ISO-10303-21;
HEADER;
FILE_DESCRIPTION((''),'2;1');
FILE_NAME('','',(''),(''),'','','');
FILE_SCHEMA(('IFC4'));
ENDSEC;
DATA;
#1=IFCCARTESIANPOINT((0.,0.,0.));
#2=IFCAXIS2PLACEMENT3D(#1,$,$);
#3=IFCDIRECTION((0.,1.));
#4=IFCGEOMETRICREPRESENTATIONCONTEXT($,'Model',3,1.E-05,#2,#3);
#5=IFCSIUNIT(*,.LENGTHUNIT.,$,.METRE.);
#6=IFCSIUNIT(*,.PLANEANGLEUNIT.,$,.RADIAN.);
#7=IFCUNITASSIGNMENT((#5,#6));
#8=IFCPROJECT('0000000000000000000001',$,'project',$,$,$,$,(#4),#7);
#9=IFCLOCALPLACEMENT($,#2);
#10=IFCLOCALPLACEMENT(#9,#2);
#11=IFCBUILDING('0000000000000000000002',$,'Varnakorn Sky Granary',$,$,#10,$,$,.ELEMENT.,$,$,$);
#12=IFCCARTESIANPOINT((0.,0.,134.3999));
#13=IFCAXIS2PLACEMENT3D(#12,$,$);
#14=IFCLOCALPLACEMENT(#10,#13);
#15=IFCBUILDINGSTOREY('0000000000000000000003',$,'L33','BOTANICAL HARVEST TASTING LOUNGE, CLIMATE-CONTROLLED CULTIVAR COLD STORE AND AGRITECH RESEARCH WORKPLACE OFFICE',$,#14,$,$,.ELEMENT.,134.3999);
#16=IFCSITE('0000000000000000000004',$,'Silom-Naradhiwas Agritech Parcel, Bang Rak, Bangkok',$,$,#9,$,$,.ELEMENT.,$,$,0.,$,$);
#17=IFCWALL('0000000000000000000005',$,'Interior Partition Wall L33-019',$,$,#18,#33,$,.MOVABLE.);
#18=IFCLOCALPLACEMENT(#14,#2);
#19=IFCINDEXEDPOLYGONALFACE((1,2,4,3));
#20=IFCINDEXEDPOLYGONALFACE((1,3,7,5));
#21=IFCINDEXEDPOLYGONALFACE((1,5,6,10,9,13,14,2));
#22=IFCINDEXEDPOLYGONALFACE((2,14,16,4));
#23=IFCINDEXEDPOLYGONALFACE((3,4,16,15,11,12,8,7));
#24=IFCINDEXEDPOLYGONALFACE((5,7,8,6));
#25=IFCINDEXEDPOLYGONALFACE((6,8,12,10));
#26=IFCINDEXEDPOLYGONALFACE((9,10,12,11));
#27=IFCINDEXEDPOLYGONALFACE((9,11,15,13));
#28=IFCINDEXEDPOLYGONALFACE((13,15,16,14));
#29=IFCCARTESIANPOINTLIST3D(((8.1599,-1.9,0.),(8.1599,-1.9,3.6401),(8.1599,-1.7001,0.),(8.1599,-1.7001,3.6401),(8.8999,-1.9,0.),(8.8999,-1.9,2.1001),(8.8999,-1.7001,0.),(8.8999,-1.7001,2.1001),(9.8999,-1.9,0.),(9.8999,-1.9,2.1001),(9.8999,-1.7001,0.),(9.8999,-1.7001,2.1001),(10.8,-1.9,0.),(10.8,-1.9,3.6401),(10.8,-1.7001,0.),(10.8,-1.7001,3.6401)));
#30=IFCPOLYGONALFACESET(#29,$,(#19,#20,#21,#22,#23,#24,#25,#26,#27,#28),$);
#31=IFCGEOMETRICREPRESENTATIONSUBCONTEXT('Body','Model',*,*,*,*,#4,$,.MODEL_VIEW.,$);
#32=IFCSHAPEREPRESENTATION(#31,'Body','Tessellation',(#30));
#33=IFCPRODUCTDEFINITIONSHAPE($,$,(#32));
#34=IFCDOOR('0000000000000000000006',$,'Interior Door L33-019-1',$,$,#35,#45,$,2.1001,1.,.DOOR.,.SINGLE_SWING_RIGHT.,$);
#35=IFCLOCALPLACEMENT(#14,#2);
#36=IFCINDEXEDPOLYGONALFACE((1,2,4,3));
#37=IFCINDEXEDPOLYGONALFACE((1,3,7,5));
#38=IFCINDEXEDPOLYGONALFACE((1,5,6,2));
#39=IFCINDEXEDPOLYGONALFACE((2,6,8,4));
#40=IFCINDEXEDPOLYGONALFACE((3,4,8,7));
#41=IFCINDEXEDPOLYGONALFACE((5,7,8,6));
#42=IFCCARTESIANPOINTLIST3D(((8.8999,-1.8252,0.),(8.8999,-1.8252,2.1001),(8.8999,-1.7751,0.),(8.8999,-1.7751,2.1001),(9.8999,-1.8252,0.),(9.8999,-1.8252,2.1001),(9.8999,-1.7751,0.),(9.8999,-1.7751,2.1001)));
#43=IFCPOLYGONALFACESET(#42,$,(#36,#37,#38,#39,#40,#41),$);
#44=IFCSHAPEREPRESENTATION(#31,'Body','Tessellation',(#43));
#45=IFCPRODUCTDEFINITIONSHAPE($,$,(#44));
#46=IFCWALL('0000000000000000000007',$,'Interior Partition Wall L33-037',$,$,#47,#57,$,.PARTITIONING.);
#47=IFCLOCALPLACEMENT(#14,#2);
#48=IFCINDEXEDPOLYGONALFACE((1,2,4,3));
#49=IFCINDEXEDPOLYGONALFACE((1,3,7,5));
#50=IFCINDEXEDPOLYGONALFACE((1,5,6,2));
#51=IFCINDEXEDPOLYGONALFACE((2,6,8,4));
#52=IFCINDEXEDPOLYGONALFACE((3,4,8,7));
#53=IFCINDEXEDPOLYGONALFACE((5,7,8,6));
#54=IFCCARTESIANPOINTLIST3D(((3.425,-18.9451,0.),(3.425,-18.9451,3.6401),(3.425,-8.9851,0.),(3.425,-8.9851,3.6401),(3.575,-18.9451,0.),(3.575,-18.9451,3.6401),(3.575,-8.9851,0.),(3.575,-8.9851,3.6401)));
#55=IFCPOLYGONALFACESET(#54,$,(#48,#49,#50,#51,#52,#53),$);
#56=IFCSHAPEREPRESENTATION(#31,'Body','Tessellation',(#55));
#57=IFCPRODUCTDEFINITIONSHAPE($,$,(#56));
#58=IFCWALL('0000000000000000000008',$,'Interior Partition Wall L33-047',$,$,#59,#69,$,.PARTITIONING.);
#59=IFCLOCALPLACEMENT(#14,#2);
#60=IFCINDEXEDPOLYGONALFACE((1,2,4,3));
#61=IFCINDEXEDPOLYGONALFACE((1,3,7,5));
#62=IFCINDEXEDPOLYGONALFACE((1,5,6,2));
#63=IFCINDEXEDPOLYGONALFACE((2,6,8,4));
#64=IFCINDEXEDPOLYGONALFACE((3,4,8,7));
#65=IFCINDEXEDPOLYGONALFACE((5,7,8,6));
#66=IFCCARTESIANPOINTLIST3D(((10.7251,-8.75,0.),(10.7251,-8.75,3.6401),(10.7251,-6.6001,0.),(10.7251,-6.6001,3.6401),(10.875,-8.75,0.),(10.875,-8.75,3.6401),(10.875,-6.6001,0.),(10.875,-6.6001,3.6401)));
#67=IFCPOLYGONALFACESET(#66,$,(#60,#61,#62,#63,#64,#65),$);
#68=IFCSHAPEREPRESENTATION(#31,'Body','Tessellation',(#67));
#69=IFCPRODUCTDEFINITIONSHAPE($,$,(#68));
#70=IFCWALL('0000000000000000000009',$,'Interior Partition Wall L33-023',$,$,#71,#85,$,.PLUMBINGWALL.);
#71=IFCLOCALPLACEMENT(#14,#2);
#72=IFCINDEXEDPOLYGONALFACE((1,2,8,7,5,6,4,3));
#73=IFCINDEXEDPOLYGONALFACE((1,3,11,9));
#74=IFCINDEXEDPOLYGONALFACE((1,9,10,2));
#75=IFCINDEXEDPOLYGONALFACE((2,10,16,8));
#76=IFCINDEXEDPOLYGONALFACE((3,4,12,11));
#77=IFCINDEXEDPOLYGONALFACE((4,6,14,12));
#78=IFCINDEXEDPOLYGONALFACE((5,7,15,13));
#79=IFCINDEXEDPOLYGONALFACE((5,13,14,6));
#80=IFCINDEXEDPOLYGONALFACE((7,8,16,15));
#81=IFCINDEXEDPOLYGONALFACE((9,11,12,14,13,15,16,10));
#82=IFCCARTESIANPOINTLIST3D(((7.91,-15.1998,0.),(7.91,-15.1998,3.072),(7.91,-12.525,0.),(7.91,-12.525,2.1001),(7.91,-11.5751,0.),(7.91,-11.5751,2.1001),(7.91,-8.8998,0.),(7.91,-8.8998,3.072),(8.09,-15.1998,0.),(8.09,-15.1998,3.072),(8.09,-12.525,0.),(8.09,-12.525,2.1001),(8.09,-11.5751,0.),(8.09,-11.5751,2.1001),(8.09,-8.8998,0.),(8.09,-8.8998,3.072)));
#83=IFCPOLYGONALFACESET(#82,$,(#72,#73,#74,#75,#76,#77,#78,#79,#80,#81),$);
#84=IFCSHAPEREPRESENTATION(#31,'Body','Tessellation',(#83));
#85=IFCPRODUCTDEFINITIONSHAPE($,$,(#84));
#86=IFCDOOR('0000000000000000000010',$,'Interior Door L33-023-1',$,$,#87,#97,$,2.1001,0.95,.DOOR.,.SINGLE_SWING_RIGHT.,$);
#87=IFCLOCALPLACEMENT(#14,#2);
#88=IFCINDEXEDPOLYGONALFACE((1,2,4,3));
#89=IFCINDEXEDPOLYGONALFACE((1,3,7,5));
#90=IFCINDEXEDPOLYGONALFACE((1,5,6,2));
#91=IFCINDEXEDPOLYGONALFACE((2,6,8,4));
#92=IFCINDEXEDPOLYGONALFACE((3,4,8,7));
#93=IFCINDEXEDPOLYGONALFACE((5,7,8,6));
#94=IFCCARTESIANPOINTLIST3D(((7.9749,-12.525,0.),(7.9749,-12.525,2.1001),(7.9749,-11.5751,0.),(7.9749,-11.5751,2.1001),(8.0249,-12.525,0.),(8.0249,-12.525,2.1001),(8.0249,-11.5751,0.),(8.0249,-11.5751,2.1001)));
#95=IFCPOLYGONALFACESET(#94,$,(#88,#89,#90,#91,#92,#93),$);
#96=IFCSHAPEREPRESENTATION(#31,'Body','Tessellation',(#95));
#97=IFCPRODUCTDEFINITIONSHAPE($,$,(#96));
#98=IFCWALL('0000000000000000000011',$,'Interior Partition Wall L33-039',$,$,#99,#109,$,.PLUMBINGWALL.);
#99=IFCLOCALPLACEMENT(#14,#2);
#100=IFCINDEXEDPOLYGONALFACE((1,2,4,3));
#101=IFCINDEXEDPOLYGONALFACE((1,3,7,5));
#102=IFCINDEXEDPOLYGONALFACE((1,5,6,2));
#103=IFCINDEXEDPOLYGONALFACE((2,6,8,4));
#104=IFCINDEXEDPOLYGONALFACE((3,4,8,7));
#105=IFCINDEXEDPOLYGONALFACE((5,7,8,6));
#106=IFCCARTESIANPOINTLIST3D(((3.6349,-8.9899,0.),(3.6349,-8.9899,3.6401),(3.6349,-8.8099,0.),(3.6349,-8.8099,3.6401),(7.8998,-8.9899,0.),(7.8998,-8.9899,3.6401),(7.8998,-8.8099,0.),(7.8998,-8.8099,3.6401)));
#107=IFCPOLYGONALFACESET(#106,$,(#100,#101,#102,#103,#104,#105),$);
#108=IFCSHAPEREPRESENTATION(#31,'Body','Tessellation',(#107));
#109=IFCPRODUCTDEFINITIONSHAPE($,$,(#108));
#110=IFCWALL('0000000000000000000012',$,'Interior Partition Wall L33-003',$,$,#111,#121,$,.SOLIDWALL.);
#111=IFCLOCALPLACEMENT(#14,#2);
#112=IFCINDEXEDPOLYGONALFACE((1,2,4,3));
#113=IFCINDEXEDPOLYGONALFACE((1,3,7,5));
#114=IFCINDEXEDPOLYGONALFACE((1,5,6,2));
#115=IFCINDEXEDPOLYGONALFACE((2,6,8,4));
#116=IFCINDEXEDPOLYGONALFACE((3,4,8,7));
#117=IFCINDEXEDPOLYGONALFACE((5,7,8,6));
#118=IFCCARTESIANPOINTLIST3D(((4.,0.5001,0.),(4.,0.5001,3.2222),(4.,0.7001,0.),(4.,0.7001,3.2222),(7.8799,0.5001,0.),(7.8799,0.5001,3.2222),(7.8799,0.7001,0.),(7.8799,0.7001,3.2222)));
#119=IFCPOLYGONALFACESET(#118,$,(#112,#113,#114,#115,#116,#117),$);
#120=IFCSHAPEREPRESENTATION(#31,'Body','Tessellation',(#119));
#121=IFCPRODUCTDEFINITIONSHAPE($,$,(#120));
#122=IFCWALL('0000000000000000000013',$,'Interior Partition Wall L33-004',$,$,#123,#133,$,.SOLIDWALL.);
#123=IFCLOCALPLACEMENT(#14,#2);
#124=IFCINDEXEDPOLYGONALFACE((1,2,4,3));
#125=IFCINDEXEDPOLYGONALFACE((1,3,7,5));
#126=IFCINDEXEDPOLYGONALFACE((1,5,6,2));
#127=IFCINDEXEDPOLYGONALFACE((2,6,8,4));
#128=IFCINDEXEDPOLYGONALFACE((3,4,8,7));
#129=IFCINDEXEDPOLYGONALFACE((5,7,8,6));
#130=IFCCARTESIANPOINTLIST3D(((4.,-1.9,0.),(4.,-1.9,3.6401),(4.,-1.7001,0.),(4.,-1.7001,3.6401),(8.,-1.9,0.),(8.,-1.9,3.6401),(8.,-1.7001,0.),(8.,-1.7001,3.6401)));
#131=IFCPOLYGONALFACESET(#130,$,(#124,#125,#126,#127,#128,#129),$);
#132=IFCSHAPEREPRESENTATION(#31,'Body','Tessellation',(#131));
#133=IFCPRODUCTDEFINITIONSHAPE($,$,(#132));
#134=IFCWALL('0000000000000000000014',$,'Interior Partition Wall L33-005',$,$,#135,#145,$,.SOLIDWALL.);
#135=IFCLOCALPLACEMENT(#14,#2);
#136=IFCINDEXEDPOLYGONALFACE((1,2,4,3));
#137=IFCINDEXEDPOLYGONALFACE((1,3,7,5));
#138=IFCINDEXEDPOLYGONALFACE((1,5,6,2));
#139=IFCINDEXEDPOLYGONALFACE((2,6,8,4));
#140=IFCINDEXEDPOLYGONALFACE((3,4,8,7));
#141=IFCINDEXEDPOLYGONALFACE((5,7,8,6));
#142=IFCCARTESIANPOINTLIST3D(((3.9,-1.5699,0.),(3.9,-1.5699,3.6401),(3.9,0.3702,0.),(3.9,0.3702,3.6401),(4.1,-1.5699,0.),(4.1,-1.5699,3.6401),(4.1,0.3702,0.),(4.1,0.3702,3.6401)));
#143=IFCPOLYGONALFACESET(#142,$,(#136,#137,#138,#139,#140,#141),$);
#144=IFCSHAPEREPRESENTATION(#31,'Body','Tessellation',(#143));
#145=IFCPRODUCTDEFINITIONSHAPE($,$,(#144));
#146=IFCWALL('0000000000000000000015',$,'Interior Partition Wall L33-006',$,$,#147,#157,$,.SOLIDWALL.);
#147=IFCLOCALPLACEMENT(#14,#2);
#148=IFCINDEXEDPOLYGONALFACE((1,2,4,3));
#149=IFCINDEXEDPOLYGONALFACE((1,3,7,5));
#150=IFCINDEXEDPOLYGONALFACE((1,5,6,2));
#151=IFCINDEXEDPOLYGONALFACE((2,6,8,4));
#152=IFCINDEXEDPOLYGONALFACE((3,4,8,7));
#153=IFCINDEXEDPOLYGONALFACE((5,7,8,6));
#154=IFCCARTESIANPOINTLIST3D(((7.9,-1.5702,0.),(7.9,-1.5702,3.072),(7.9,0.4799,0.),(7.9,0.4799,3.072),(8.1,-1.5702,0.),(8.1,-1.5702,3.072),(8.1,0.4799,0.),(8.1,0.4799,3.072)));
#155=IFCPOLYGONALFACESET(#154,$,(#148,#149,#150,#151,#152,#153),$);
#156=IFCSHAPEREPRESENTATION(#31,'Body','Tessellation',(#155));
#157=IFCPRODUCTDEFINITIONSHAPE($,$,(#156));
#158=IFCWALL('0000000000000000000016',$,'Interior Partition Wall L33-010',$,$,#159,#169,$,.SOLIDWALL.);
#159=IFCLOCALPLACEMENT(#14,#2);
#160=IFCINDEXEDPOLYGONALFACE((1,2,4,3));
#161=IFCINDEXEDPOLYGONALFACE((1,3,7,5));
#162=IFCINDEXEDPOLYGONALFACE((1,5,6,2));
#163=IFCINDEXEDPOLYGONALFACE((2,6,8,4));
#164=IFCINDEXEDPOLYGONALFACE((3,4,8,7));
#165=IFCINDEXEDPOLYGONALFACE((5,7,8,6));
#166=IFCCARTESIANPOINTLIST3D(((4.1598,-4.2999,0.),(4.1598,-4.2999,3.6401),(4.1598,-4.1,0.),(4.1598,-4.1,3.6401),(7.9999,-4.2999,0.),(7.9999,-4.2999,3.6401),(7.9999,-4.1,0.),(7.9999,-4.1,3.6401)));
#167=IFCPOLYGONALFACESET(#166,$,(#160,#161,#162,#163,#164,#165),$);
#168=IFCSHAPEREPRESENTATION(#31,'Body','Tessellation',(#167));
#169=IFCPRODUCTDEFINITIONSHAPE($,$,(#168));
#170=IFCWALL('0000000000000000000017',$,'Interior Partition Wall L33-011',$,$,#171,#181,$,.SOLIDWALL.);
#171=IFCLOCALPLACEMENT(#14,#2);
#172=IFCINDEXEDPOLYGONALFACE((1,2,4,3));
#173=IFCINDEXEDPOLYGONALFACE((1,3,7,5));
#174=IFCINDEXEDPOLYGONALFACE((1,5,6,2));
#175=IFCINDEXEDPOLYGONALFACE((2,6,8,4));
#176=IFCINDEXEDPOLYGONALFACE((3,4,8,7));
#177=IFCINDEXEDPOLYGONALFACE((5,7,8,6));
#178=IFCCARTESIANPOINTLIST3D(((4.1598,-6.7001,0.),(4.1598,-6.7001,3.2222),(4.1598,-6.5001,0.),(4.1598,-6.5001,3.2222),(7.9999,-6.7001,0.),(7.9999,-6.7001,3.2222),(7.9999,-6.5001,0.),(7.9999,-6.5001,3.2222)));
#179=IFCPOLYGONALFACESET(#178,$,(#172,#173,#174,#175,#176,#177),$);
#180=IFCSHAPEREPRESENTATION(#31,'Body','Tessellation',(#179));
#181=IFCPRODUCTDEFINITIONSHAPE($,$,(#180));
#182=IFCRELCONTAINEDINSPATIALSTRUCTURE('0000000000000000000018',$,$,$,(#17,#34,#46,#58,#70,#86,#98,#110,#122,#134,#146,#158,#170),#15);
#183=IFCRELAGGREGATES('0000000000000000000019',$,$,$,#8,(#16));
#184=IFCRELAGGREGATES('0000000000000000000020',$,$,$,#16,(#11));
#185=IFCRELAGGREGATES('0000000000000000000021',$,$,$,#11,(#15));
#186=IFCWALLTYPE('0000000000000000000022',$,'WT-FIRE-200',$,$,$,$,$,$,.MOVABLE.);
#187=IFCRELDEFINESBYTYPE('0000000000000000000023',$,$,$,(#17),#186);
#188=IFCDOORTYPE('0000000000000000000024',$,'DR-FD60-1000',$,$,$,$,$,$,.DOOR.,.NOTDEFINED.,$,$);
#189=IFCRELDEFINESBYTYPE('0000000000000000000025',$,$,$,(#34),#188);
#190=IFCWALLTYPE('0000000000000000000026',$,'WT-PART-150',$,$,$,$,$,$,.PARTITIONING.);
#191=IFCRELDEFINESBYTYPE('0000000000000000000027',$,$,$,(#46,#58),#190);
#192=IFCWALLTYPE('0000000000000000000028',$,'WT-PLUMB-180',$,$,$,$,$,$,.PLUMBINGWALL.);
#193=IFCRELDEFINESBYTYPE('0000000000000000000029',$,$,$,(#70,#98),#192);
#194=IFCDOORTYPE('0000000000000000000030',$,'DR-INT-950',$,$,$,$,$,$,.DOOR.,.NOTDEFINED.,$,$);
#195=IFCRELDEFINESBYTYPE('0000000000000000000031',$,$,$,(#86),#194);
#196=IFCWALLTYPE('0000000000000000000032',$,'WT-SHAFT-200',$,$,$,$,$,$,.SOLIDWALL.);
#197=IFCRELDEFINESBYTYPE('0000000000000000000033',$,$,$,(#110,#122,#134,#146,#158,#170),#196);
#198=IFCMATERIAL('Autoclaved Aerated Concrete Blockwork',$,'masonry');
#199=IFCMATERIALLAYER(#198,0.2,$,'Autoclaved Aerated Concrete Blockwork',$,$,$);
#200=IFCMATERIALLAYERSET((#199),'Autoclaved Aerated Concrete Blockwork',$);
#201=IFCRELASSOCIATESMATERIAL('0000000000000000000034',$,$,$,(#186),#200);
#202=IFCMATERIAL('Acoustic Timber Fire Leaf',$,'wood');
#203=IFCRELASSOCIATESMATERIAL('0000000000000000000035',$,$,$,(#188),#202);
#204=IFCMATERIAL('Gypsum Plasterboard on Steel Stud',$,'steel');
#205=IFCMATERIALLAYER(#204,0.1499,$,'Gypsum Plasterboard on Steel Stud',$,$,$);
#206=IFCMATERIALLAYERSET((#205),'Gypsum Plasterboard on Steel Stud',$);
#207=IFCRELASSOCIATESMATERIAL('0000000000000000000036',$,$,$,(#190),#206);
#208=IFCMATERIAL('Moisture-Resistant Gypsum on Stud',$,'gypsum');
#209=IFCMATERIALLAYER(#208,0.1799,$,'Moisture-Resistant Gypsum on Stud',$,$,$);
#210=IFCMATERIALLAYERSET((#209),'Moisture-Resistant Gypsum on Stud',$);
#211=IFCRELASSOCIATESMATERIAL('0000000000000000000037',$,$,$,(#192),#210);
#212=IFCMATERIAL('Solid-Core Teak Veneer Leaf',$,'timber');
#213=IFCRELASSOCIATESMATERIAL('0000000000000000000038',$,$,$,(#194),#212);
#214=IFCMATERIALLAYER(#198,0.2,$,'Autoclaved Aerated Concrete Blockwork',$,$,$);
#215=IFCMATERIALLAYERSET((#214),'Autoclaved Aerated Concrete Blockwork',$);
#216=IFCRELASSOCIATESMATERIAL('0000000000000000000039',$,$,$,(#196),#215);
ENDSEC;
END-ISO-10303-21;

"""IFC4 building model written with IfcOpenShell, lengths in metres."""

from ifc_helpers import new_model, si_unit, direction, frame, frame_2d, origin, place, context, subcontext, project, spatial, rectangle, extrude, material, layer, layer_set, type_object, element, fill, save


model = new_model("IFC4")

# Units and contexts
model_context = context("Model", 3, precision=1e-05, world=origin(), true_north=direction((0.0, 1.0)))
body_context = subcontext(model_context, "Body", "Model", "MODEL_VIEW")
ifc_project = project(units=[si_unit("LENGTHUNIT", "METRE"), si_unit("PLANEANGLEUNIT", "RADIAN")], contexts=[model_context])

# Site, building, storey
site_placement = place(None, origin())
site = spatial("IfcSite", under=ifc_project, at=site_placement, Name="Silom-Naradhiwas Agritech Parcel, Bang Rak, Bangkok", CompositionType="ELEMENT", RefElevation=0.0)
building_placement = place(site_placement, origin())
building = spatial("IfcBuilding", under=site, at=building_placement, Name="Varnakorn Sky Granary", CompositionType="ELEMENT")
storey_placement = place(building_placement, frame((0.0, 0.0, 134.3999)))
storey = spatial("IfcBuildingStorey", under=building, at=storey_placement, Name="L33", Description="BOTANICAL HARVEST TASTING LOUNGE, CLIMATE-CONTROLLED CULTIVAR COLD STORE AND AGRITECH RESEARCH WORKPLACE OFFICE", CompositionType="ELEMENT", Elevation=134.3999)

# Wall, opening, door
ifc_material_1 = material(Name="Autoclaved Aerated Concrete Blockwork", Category="masonry")
ifc_layer_1 = layer(ifc_material_1, 0.2, Name="Autoclaved Aerated Concrete Blockwork")
ifc_layer_set_1 = layer_set([ifc_layer_1], Name="Autoclaved Aerated Concrete Blockwork")
wall_type_1 = type_object("IfcWallType", Name="WT-FIRE-200", PredefinedType="MOVABLE", material=ifc_layer_set_1)
ifc_material_2 = material(Name="Acoustic Timber Fire Leaf", Category="wood")
door_type_1 = type_object("IfcDoorType", Name="DR-FD60-1000", OperationType="NOTDEFINED", PredefinedType="DOOR", material=ifc_material_2)
wall_1_placement = place(storey_placement, frame((8.1599, -1.8, 0.0), z_axis=(0.0, 0.0, 1.0), x_axis=(1.0, 0.0, 0.0)))
wall_1 = element("IfcWall", 1, at=wall_1_placement, inside=storey, type_object=wall_type_1, Name="Interior Partition Wall L33-019", PredefinedType="MOVABLE", context=body_context, shape_type="SweptSolid", body=[
    extrude(rectangle(XDim=2.6401, YDim=0.2, at=frame_2d((1.3201, 0.0))), origin(), (0.0, 0.0, 1.0), 3.6401),
])
opening_1_placement = place(wall_1_placement, frame((0.74, 0.0, 0.0)))
opening_1 = element("IfcOpeningElement", 2, at=opening_1_placement, cuts=wall_1, PredefinedType="OPENING", context=body_context, shape_type="SweptSolid", body=[
    extrude(rectangle(XDim=1.0, YDim=2.1001, at=frame_2d((0.5, 1.05))), frame((0.0, 0.1099, 0.0), z_axis=(0.0, -1.0, 0.0), x_axis=(1.0, 0.0, 0.0)), (0.0, 0.0, 1.0), 0.22),
])
door_1_placement = place(opening_1_placement, origin())
door_1 = element("IfcDoor", 3, at=door_1_placement, inside=storey, type_object=door_type_1, Name="Interior Door L33-019-1", OperationType="SINGLE_SWING_RIGHT", OverallHeight=2.1001, OverallWidth=1.0, PredefinedType="DOOR", context=body_context, shape_type="SweptSolid", body=[
    extrude(rectangle(XDim=1.0, YDim=2.1001, at=frame_2d((0.5, 1.05))), frame((0.0, 0.0249, 0.0), z_axis=(0.0, -1.0, 0.0), x_axis=(1.0, 0.0, 0.0)), (0.0, 0.0, 1.0), 0.05),
])
fill(opening_1, door_1)

# Walls
ifc_material_3 = material(Name="Gypsum Plasterboard on Steel Stud", Category="steel")
ifc_layer_2 = layer(ifc_material_3, 0.1499, Name="Gypsum Plasterboard on Steel Stud")
ifc_layer_set_2 = layer_set([ifc_layer_2], Name="Gypsum Plasterboard on Steel Stud")
wall_type_2 = type_object("IfcWallType", Name="WT-PART-150", PredefinedType="PARTITIONING", material=ifc_layer_set_2)
wall_2_placement = place(storey_placement, frame((3.5, -8.9851, 0.0), z_axis=(0.0, 0.0, 1.0), x_axis=(0.0, -1.0, 0.0)))
element("IfcWall", 4, at=wall_2_placement, inside=storey, type_object=wall_type_2, Name="Interior Partition Wall L33-037", PredefinedType="PARTITIONING", context=body_context, shape_type="SweptSolid", body=[
    extrude(rectangle(XDim=9.96, YDim=0.1499, at=frame_2d((4.98, 0.0))), origin(), (0.0, 0.0, 1.0), 3.6401),
])
wall_3_placement = place(storey_placement, frame((10.8, -8.75, 0.0), z_axis=(0.0, 0.0, 1.0), x_axis=(0.0, 1.0, 0.0)))
element("IfcWall", 5, at=wall_3_placement, inside=storey, type_object=wall_type_2, Name="Interior Partition Wall L33-047", PredefinedType="PARTITIONING", context=body_context, shape_type="SweptSolid", body=[
    extrude(rectangle(XDim=2.1499, YDim=0.1499, at=frame_2d((1.075, 0.0))), origin(), (0.0, 0.0, 1.0), 3.6401),
])

# Wall, opening, door
ifc_material_4 = material(Name="Moisture-Resistant Gypsum on Stud", Category="gypsum")
ifc_layer_3 = layer(ifc_material_4, 0.1799, Name="Moisture-Resistant Gypsum on Stud")
ifc_layer_set_3 = layer_set([ifc_layer_3], Name="Moisture-Resistant Gypsum on Stud")
wall_type_3 = type_object("IfcWallType", Name="WT-PLUMB-180", PredefinedType="PLUMBINGWALL", material=ifc_layer_set_3)
wall_4_placement = place(storey_placement, frame((8.0, -8.8999, 0.0), z_axis=(0.0, 0.0, 1.0), x_axis=(0.0, -1.0, 0.0)))
wall_4 = element("IfcWall", 6, at=wall_4_placement, inside=storey, type_object=wall_type_3, Name="Interior Partition Wall L33-023", PredefinedType="PLUMBINGWALL", context=body_context, shape_type="SweptSolid", body=[
    extrude(rectangle(XDim=6.3, YDim=0.1799, at=frame_2d((3.1499, 0.0))), origin(), (0.0, 0.0, 1.0), 3.072),
])
opening_2_placement = place(wall_4_placement, frame((2.675, 0.0, 0.0)))
opening_2 = element("IfcOpeningElement", 7, at=opening_2_placement, cuts=wall_4, PredefinedType="OPENING", context=body_context, shape_type="SweptSolid", body=[
    extrude(rectangle(XDim=0.95, YDim=2.1001, at=frame_2d((0.4751, 1.05))), frame((0.0, 0.1001, 0.0), z_axis=(0.0, -1.0, 0.0), x_axis=(1.0, 0.0, 0.0)), (0.0, 0.0, 1.0), 0.2),
])
ifc_material_5 = material(Name="Solid-Core Teak Veneer Leaf", Category="timber")
door_type_2 = type_object("IfcDoorType", Name="DR-INT-950", OperationType="NOTDEFINED", PredefinedType="DOOR", material=ifc_material_5)
door_2_placement = place(opening_2_placement, origin())
door_2 = element("IfcDoor", 8, at=door_2_placement, inside=storey, type_object=door_type_2, Name="Interior Door L33-023-1", OperationType="SINGLE_SWING_RIGHT", OverallHeight=2.1001, OverallWidth=0.95, PredefinedType="DOOR", context=body_context, shape_type="SweptSolid", body=[
    extrude(rectangle(XDim=0.95, YDim=2.1001, at=frame_2d((0.4751, 1.05))), frame((0.0, 0.0249, 0.0), z_axis=(0.0, -1.0, 0.0), x_axis=(1.0, 0.0, 0.0)), (0.0, 0.0, 1.0), 0.05),
])
fill(opening_2, door_2)

# Walls
wall_5_placement = place(storey_placement, frame((3.635, -8.8999, 0.0), z_axis=(0.0, 0.0, 1.0), x_axis=(1.0, 0.0, 0.0)))
element("IfcWall", 9, at=wall_5_placement, inside=storey, type_object=wall_type_3, Name="Interior Partition Wall L33-039", PredefinedType="PLUMBINGWALL", context=body_context, shape_type="SweptSolid", body=[
    extrude(rectangle(XDim=4.2649, YDim=0.1799, at=frame_2d((2.1323, 0.0))), origin(), (0.0, 0.0, 1.0), 3.6401),
])
ifc_layer_4 = layer(ifc_material_1, 0.2, Name="Autoclaved Aerated Concrete Blockwork")
ifc_layer_set_4 = layer_set([ifc_layer_4], Name="Autoclaved Aerated Concrete Blockwork")
wall_type_4 = type_object("IfcWallType", Name="WT-SHAFT-200", PredefinedType="SOLIDWALL", material=ifc_layer_set_4)
wall_6_placement = place(storey_placement, frame((4.0, 0.6001, 0.0), z_axis=(0.0, 0.0, 1.0), x_axis=(1.0, 0.0, 0.0)))
element("IfcWall", 10, at=wall_6_placement, inside=storey, type_object=wall_type_4, Name="Interior Partition Wall L33-003", PredefinedType="SOLIDWALL", context=body_context, shape_type="SweptSolid", body=[
    extrude(rectangle(XDim=3.8799, YDim=0.2, at=frame_2d((1.9399, 0.0))), origin(), (0.0, 0.0, 1.0), 3.2222),
])
wall_7_placement = place(storey_placement, frame((4.0, -1.8, 0.0), z_axis=(0.0, 0.0, 1.0), x_axis=(1.0, 0.0, 0.0)))
element("IfcWall", 11, at=wall_7_placement, inside=storey, type_object=wall_type_4, Name="Interior Partition Wall L33-004", PredefinedType="SOLIDWALL", context=body_context, shape_type="SweptSolid", body=[
    extrude(rectangle(XDim=4.0, YDim=0.2, at=frame_2d((2.0, 0.0))), origin(), (0.0, 0.0, 1.0), 3.6401),
])
wall_8_placement = place(storey_placement, frame((4.0, -1.5701, 0.0), z_axis=(0.0, 0.0, 1.0), x_axis=(0.0, 1.0, 0.0)))
element("IfcWall", 12, at=wall_8_placement, inside=storey, type_object=wall_type_4, Name="Interior Partition Wall L33-005", PredefinedType="SOLIDWALL", context=body_context, shape_type="SweptSolid", body=[
    extrude(rectangle(XDim=1.9402, YDim=0.2, at=frame_2d((0.9702, 0.0))), origin(), (0.0, 0.0, 1.0), 3.6401),
])
wall_9_placement = place(storey_placement, frame((8.0, -1.5701, 0.0), z_axis=(0.0, 0.0, 1.0), x_axis=(0.0, 1.0, 0.0)))
element("IfcWall", 13, at=wall_9_placement, inside=storey, type_object=wall_type_4, Name="Interior Partition Wall L33-006", PredefinedType="SOLIDWALL", context=body_context, shape_type="SweptSolid", body=[
    extrude(rectangle(XDim=2.05, YDim=0.2, at=frame_2d((1.0249, 0.0))), origin(), (0.0, 0.0, 1.0), 3.072),
])
wall_10_placement = place(storey_placement, frame((4.1599, -4.2, 0.0), z_axis=(0.0, 0.0, 1.0), x_axis=(1.0, 0.0, 0.0)))
element("IfcWall", 14, at=wall_10_placement, inside=storey, type_object=wall_type_4, Name="Interior Partition Wall L33-010", PredefinedType="SOLIDWALL", context=body_context, shape_type="SweptSolid", body=[
    extrude(rectangle(XDim=3.8401, YDim=0.2, at=frame_2d((1.9199, 0.0))), origin(), (0.0, 0.0, 1.0), 3.6401),
])
wall_11_placement = place(storey_placement, frame((4.1599, -6.6001, 0.0), z_axis=(0.0, 0.0, 1.0), x_axis=(1.0, 0.0, 0.0)))
element("IfcWall", 15, at=wall_11_placement, inside=storey, type_object=wall_type_4, Name="Interior Partition Wall L33-011", PredefinedType="SOLIDWALL", context=body_context, shape_type="SweptSolid", body=[
    extrude(rectangle(XDim=3.8401, YDim=0.2, at=frame_2d((1.9199, 0.0))), origin(), (0.0, 0.0, 1.0), 3.2222),
])

save(model, "model.ifc")
